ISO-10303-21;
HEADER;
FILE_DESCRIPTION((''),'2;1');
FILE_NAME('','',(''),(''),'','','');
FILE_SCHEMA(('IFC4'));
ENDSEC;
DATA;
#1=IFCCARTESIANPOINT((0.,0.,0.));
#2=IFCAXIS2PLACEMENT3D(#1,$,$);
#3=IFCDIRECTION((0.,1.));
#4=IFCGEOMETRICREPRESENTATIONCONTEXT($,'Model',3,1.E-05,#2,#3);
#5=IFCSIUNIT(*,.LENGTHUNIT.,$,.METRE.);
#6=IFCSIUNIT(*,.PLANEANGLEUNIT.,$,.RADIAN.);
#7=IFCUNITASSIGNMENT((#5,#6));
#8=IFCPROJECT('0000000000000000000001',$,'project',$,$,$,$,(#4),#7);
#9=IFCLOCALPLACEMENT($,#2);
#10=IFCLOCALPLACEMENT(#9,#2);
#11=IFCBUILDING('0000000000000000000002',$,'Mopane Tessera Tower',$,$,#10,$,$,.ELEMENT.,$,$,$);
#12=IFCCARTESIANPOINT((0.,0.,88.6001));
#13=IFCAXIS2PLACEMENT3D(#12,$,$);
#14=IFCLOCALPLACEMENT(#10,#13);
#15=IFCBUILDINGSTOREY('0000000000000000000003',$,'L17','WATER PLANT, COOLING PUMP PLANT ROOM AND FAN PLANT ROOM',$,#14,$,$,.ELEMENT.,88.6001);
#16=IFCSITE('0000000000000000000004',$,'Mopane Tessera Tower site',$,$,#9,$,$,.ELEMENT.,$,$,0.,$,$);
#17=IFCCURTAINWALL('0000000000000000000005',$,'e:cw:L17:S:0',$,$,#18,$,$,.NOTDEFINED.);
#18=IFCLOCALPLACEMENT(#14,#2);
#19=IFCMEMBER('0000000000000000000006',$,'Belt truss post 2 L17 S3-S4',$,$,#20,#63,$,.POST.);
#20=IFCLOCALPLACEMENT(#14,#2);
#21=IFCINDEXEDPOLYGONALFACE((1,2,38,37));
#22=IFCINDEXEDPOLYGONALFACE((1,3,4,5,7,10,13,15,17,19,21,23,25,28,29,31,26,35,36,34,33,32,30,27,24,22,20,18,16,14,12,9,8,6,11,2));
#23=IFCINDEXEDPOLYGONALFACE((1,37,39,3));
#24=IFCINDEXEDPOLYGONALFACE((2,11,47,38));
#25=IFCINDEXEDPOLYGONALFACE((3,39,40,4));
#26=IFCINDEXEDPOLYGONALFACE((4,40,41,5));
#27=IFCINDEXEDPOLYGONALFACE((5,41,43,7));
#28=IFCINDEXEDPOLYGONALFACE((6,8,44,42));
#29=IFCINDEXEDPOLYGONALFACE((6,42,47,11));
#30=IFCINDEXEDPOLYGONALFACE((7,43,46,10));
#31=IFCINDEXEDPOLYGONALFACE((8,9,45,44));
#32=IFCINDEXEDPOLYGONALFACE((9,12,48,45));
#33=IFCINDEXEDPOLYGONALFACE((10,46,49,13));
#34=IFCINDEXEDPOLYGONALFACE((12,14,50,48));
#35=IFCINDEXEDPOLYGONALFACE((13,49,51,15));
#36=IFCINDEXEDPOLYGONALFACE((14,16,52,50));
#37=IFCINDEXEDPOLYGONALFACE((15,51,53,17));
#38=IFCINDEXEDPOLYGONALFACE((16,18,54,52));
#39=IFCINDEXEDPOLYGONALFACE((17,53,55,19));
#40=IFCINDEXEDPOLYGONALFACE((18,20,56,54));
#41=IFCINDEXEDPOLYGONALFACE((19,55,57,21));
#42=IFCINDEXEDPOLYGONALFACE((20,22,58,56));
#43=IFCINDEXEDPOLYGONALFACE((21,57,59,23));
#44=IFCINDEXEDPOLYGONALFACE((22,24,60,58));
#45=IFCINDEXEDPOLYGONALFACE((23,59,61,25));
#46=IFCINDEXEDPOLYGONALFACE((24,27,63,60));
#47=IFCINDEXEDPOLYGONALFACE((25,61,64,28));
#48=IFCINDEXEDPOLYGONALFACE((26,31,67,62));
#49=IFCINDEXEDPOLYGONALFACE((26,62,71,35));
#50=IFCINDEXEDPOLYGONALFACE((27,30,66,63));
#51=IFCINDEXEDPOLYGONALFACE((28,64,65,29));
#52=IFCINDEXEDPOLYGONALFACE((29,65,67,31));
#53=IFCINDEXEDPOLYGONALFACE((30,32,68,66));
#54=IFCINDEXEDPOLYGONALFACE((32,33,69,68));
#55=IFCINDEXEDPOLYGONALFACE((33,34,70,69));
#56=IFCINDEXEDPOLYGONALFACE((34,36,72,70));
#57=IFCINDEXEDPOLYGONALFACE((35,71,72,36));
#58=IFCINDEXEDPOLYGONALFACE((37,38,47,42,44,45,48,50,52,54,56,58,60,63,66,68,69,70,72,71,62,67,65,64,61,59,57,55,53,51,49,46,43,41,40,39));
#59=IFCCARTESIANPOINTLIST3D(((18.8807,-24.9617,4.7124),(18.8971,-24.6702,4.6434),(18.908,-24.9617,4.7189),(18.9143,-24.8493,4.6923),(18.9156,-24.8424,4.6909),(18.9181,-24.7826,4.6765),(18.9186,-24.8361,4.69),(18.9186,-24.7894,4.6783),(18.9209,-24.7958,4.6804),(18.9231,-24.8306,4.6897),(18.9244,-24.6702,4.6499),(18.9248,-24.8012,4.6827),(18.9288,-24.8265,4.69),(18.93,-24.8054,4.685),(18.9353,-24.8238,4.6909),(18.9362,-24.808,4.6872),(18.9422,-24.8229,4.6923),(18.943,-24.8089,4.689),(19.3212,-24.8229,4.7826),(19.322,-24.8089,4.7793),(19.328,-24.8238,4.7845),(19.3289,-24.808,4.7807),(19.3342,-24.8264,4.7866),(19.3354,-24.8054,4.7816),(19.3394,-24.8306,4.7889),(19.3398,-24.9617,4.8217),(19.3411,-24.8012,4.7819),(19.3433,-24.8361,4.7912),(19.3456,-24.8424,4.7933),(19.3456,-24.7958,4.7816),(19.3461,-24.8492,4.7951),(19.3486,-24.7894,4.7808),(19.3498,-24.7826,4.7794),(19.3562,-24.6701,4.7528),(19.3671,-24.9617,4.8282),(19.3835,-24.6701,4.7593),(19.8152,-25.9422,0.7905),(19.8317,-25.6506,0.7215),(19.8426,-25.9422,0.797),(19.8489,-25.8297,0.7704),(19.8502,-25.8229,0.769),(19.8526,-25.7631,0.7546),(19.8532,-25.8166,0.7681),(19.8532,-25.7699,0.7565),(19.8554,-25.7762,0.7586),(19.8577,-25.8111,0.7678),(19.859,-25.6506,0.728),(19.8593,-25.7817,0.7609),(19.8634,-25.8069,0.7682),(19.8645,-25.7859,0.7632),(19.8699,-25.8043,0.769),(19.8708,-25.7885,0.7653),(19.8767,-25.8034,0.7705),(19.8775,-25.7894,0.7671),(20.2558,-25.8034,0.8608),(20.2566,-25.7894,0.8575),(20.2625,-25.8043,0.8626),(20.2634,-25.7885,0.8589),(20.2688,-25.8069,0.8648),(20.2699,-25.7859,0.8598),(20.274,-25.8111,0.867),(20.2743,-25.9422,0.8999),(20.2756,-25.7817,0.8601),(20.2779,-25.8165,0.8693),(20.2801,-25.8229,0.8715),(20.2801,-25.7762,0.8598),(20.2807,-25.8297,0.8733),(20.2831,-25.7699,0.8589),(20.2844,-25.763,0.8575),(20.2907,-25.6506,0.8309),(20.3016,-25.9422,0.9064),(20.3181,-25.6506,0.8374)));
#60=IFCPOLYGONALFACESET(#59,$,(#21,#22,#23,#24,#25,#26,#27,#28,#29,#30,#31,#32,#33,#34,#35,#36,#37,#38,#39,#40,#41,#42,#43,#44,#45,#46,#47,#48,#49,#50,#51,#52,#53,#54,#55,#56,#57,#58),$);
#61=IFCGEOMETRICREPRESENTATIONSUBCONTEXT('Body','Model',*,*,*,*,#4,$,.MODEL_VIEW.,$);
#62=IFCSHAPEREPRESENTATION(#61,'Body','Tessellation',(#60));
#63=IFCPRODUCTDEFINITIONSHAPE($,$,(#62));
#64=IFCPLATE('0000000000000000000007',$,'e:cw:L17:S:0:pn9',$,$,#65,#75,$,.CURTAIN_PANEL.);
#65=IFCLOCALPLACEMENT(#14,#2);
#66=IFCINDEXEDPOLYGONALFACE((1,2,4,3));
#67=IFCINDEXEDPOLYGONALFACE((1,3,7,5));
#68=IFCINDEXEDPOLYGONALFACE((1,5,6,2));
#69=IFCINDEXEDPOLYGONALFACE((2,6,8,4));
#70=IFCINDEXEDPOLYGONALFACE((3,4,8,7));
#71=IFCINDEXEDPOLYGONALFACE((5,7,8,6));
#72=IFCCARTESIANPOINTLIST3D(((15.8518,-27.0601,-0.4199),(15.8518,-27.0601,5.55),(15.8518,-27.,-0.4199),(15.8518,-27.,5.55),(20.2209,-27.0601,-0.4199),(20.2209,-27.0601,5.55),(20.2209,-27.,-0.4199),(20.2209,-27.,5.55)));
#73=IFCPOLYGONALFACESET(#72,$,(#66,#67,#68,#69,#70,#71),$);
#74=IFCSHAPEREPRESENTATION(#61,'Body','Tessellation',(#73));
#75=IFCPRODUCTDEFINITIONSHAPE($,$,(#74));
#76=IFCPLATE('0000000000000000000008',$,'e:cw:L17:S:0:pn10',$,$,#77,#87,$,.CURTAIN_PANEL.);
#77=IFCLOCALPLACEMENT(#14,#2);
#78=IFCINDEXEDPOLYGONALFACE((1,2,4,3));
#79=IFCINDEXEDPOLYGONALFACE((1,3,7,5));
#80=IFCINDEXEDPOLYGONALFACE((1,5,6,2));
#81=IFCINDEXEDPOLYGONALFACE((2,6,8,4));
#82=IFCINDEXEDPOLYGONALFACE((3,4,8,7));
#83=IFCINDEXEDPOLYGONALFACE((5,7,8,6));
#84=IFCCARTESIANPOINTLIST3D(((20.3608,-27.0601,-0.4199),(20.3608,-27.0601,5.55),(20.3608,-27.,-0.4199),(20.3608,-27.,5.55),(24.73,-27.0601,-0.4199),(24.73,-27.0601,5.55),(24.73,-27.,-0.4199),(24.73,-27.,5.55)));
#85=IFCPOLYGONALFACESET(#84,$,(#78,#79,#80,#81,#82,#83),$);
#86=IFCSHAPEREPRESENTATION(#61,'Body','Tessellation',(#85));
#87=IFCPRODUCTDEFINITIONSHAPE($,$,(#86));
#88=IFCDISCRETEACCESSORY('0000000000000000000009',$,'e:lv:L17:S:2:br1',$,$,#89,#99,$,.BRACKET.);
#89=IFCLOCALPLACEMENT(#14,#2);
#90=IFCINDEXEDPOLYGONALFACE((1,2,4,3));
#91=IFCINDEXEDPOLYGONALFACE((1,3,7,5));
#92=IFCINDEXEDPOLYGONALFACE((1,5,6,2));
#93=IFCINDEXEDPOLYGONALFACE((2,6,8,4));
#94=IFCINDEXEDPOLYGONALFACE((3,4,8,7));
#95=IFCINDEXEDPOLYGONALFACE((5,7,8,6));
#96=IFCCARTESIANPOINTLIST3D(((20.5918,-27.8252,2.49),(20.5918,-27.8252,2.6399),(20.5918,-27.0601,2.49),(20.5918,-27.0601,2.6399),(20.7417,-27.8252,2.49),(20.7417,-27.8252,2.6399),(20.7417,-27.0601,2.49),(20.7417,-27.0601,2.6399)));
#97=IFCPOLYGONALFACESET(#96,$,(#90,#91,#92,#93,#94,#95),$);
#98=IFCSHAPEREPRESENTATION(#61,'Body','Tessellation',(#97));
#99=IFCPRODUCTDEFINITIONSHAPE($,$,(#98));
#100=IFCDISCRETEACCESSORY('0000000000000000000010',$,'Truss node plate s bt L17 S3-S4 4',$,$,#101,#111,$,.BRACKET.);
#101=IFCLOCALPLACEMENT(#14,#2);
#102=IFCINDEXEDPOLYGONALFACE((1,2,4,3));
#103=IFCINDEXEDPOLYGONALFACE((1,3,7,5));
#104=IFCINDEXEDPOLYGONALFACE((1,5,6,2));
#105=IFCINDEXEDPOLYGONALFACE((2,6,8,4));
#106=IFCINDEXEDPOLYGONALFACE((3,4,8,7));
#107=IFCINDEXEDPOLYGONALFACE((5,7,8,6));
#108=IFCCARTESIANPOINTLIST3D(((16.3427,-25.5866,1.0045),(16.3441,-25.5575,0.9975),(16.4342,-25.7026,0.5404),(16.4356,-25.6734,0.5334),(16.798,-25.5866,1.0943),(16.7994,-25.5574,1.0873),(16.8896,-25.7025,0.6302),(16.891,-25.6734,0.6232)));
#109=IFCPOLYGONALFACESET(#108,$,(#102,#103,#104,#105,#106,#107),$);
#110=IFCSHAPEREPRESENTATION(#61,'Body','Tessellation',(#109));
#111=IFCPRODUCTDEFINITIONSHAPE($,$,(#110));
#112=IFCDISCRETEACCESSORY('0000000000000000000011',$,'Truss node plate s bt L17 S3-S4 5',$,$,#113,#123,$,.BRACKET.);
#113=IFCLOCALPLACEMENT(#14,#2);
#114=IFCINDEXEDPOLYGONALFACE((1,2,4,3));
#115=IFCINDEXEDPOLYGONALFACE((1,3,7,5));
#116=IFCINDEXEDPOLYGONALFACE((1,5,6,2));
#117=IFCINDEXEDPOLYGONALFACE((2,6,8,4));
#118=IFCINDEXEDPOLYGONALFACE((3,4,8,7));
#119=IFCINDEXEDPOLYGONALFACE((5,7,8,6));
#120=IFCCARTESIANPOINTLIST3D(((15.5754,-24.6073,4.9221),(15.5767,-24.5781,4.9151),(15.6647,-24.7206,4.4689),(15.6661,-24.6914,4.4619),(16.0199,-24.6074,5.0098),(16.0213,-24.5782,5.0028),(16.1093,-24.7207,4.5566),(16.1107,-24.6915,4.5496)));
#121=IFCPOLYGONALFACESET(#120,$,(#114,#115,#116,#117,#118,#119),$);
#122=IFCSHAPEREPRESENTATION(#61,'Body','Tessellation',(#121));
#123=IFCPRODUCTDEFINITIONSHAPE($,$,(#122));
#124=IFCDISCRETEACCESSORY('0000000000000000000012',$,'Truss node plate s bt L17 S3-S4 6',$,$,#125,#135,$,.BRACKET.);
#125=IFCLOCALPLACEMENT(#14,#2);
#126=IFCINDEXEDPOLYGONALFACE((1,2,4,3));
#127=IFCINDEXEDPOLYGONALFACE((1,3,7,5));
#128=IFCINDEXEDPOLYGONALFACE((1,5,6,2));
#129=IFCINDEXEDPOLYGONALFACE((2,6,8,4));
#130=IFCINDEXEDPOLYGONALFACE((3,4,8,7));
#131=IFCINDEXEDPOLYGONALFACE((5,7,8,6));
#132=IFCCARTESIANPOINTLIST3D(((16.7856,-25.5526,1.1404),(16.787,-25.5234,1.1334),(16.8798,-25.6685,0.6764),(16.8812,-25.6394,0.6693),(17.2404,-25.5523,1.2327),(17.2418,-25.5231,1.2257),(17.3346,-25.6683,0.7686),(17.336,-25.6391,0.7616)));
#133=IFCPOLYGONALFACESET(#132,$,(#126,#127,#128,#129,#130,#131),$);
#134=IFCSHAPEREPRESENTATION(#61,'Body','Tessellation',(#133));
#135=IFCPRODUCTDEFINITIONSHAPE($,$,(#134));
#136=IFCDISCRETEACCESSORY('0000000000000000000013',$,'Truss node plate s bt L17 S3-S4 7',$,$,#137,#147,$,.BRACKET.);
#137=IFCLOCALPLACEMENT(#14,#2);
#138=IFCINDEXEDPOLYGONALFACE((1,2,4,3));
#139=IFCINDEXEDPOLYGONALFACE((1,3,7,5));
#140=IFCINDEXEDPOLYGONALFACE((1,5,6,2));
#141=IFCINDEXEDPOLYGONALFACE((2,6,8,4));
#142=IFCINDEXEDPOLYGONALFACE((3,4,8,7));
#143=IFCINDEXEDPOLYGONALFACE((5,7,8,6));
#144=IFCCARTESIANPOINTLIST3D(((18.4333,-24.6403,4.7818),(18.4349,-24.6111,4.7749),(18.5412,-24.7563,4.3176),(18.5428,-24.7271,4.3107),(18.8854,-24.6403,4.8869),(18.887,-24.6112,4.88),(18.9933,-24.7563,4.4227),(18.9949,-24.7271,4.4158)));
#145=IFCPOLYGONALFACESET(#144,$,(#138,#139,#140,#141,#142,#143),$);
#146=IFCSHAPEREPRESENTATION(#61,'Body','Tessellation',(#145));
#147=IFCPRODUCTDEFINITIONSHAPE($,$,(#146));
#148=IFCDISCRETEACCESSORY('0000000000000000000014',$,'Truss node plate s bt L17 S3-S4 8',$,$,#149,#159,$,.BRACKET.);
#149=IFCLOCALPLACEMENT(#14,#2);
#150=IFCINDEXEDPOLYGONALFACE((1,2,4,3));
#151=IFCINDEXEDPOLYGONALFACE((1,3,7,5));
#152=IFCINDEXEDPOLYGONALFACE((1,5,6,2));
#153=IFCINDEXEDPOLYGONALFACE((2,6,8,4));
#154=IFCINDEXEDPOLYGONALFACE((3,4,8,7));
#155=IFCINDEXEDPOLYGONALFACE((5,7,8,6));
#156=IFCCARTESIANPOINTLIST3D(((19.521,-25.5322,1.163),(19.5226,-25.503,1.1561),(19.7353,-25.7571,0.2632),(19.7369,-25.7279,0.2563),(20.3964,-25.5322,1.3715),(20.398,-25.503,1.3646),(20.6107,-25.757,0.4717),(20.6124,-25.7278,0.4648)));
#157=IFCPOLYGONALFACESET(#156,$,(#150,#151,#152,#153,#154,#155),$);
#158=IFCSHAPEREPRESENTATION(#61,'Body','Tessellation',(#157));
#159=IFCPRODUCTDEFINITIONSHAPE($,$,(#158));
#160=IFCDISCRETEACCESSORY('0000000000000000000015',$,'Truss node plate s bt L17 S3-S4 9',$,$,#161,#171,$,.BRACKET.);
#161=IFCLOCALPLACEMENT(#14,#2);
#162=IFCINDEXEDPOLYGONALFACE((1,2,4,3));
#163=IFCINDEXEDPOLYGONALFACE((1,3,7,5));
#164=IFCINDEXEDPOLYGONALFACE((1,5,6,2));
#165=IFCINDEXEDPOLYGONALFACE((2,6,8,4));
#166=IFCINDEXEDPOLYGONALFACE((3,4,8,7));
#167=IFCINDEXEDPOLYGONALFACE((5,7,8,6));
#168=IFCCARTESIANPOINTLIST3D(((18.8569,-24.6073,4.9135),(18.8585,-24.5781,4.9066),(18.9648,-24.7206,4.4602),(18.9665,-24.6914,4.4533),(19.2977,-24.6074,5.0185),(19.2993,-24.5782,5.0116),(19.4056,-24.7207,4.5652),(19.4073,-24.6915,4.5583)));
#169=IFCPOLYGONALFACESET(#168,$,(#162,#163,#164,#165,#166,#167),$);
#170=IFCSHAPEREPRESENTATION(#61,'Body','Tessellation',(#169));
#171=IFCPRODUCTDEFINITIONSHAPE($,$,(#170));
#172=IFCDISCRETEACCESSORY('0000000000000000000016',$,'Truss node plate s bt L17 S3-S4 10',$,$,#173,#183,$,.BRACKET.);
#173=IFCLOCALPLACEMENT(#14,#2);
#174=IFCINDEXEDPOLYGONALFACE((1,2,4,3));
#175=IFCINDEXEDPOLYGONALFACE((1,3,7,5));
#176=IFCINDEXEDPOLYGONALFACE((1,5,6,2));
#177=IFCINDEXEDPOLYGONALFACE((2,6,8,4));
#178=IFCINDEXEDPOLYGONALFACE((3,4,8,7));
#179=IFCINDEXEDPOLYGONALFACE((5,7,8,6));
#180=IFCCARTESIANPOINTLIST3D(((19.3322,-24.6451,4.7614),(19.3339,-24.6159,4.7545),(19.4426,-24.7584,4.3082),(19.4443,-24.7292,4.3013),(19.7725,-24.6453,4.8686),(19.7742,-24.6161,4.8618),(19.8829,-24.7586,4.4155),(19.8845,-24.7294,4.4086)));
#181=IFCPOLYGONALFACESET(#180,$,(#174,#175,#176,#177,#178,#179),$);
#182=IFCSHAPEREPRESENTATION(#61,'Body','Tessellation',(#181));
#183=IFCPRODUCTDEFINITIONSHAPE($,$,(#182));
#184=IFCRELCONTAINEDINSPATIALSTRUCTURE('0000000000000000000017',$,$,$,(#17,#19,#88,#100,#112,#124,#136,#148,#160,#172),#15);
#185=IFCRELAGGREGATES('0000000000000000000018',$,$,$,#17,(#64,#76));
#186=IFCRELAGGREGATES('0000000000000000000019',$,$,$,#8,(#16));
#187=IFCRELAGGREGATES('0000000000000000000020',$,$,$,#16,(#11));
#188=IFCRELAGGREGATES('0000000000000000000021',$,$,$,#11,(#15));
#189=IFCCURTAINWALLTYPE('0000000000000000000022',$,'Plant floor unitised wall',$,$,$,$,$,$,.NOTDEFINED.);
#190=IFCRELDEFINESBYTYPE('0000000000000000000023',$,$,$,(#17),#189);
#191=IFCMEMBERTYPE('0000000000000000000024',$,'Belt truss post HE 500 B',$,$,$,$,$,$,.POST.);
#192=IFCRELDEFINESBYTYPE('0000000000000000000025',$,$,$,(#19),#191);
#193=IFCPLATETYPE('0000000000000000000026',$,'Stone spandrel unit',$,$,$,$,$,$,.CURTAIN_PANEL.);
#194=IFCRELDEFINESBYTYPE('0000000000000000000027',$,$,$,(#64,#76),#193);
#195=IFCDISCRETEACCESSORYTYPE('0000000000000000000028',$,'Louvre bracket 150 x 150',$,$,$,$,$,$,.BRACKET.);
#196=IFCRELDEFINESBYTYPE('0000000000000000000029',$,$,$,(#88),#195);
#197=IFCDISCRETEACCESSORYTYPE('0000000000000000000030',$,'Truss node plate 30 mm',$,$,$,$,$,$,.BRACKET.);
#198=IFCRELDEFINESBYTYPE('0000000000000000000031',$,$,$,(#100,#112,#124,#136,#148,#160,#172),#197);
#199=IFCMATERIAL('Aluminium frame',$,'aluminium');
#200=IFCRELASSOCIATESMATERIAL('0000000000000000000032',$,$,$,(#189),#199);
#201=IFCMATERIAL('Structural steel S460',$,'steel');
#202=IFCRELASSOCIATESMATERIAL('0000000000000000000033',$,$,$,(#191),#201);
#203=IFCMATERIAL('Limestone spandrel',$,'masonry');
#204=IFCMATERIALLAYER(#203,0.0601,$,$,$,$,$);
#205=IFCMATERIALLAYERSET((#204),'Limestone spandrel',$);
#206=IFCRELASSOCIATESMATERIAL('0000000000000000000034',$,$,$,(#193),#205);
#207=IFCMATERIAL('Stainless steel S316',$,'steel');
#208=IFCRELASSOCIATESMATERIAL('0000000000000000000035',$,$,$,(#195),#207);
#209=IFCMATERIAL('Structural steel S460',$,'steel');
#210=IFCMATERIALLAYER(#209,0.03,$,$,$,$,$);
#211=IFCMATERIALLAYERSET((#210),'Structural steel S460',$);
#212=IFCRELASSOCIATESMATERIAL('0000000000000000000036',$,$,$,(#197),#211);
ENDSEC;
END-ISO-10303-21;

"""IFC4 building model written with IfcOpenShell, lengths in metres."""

from ifc_helpers import new_model, si_unit, direction, frame, origin, origin_2d, place, context, subcontext, project, spatial, rectangle, i_section, extrude, material, layer, layer_set, material_profile, profile_set, type_object, element, aggregate, save


model = new_model("IFC4")

# Units and contexts
model_context = context("Model", 3, precision=1e-05, world=origin(), true_north=direction((0.0, 1.0)))
body_context = subcontext(model_context, "Body", "Model", "MODEL_VIEW")
ifc_project = project(units=[si_unit("LENGTHUNIT", "METRE"), si_unit("PLANEANGLEUNIT", "RADIAN")], contexts=[model_context])

# Site, building, storey
site_placement = place(None, origin())
site = spatial("IfcSite", under=ifc_project, at=site_placement, Name="Mopane Tessera Tower site", CompositionType="ELEMENT", RefElevation=0.0)
building_placement = place(site_placement, origin())
building = spatial("IfcBuilding", under=site, at=building_placement, Name="Mopane Tessera Tower", CompositionType="ELEMENT")
storey_placement = place(building_placement, frame((0.0, 0.0, 88.6001)))
storey = spatial("IfcBuildingStorey", under=building, at=storey_placement, Name="L17", Description="WATER PLANT, COOLING PUMP PLANT ROOM AND FAN PLANT ROOM", CompositionType="ELEMENT", Elevation=88.6001)

# Curtain wall
ifc_material_1 = material(Name="Aluminium frame", Category="aluminium")
curtain_wall_type = type_object("IfcCurtainWallType", Name="Plant floor unitised wall", PredefinedType="NOTDEFINED", material=ifc_material_1)
curtain_wall_placement = place(storey_placement, origin())
curtain_wall = element("IfcCurtainWall", 1, at=curtain_wall_placement, inside=storey, type_object=curtain_wall_type, Name="e:cw:L17:S:0", PredefinedType="NOTDEFINED")

# Member
ifc_material_2 = material(Name="Structural steel S460", Category="steel")
ifc_material_profile_1 = material_profile(ifc_material_2, i_section(OverallWidth=0.3, OverallDepth=0.5, WebThickness=0.0144, FlangeThickness=0.0281, FilletRadius=0.0271, at=origin_2d()))
ifc_profile_set_1 = profile_set([ifc_material_profile_1], Name="Structural steel S460")
member_type_1 = type_object("IfcMemberType", Name="Belt truss post HE 500 B", PredefinedType="POST", material=ifc_profile_set_1)
member_1_placement = place(storey_placement, frame((20.0667, -25.7964, 0.814), z_axis=(-0.225241, 0.236303, 0.945213), x_axis=(0.05474, 0.971679, -0.229876)))
element("IfcMember", 2, at=member_1_placement, inside=storey, type_object=member_type_1, Name="Belt truss post 2 L17 S3-S4", PredefinedType="POST", context=body_context, shape_type="SweptSolid", body=[
    extrude(i_section(OverallWidth=0.3, OverallDepth=0.5, WebThickness=0.0144, FlangeThickness=0.0281, FilletRadius=0.0271, at=origin_2d()), origin(), (0.0, 0.0, 1.0), 4.1492),
])

# Plates
ifc_material_3 = material(Name="Limestone spandrel", Category="masonry")
ifc_layer_1 = layer(ifc_material_3, 0.0601)
ifc_layer_set_1 = layer_set([ifc_layer_1], Name="Limestone spandrel")
plate_type = type_object("IfcPlateType", Name="Stone spandrel unit", PredefinedType="CURTAIN_PANEL", material=ifc_layer_set_1)
plate_1_placement = place(storey_placement, frame((18.0364, -27.03, -0.4199), z_axis=(0.0, 0.0, 1.0), x_axis=(1.0, 0.0, 0.0)))
plate_1 = element("IfcPlate", 3, at=plate_1_placement, type_object=plate_type, Name="e:cw:L17:S:0:pn9", PredefinedType="CURTAIN_PANEL", context=body_context, shape_type="SweptSolid", body=[
    extrude(rectangle(XDim=4.3691, YDim=0.0601, at=origin_2d()), origin(), (0.0, 0.0, 1.0), 5.97),
])
plate_2_placement = place(storey_placement, frame((22.5454, -27.03, -0.4199), z_axis=(0.0, 0.0, 1.0), x_axis=(1.0, 0.0, 0.0)))
plate_2 = element("IfcPlate", 4, at=plate_2_placement, type_object=plate_type, Name="e:cw:L17:S:0:pn10", PredefinedType="CURTAIN_PANEL", context=body_context, shape_type="SweptSolid", body=[
    extrude(rectangle(XDim=4.3691, YDim=0.0601, at=origin_2d()), origin(), (0.0, 0.0, 1.0), 5.97),
])
aggregate(curtain_wall, [plate_1, plate_2])

# Discrete accessories
ifc_material_4 = material(Name="Stainless steel S316", Category="steel")
discrete_accessory_type_1 = type_object("IfcDiscreteAccessoryType", Name="Louvre bracket 150 x 150", PredefinedType="BRACKET", material=ifc_material_4)
discrete_accessory_1_placement = place(storey_placement, frame((20.6667, -27.4426, 2.49), z_axis=(0.0, 0.0, 1.0), x_axis=(0.0, -1.0, 0.0)))
element("IfcDiscreteAccessory", 5, at=discrete_accessory_1_placement, inside=storey, type_object=discrete_accessory_type_1, Name="e:lv:L17:S:2:br1", PredefinedType="BRACKET", context=body_context, shape_type="SweptSolid", body=[
    extrude(rectangle(XDim=0.7651, YDim=0.1499, at=origin_2d()), origin(), (0.0, 0.0, 1.0), 0.1499),
])
ifc_material_5 = material(Name="Structural steel S460", Category="steel")
ifc_layer_2 = layer(ifc_material_5, 0.03)
ifc_layer_set_2 = layer_set([ifc_layer_2], Name="Structural steel S460")
discrete_accessory_type_2 = type_object("IfcDiscreteAccessoryType", Name="Truss node plate 30 mm", PredefinedType="BRACKET", material=ifc_layer_set_2)
discrete_accessory_2_placement = place(storey_placement, frame((16.6626, -25.688, 0.5818), z_axis=(-0.187969, 0.238094, 0.952879), x_axis=(0.04597, 0.971242, -0.233615)))
element("IfcDiscreteAccessory", 6, at=discrete_accessory_2_placement, inside=storey, type_object=discrete_accessory_type_2, Name="Truss node plate s bt L17 S3-S4 4", PredefinedType="BRACKET", context=body_context, shape_type="SweptSolid", body=[
    extrude(rectangle(XDim=0.03, YDim=0.4641, at=origin_2d()), origin(), (0.0, 0.0, 1.0), 0.4871),
])
discrete_accessory_3_placement = place(storey_placement, frame((15.8877, -24.7061, 4.5093), z_axis=(-0.187903, 0.238215, 0.952862), x_axis=(0.046385, 0.971212, -0.233656)))
element("IfcDiscreteAccessory", 7, at=discrete_accessory_3_placement, inside=storey, type_object=discrete_accessory_type_2, Name="Truss node plate s bt L17 S3-S4 5", PredefinedType="BRACKET", context=body_context, shape_type="SweptSolid", body=[
    extrude(rectangle(XDim=0.03, YDim=0.4531, at=origin_2d()), origin(), (0.0, 0.0, 1.0), 0.4756),
])
discrete_accessory_4_placement = place(storey_placement, frame((17.1079, -25.6538, 0.719), z_axis=(-0.19328, 0.237844, 0.951879), x_axis=(0.046762, 0.971303, -0.233203)))
element("IfcDiscreteAccessory", 8, at=discrete_accessory_4_placement, inside=storey, type_object=discrete_accessory_type_2, Name="Truss node plate s bt L17 S3-S4 6", PredefinedType="BRACKET", context=body_context, shape_type="SweptSolid", body=[
    extrude(rectangle(XDim=0.03, YDim=0.4641, at=origin_2d()), origin(), (0.0, 0.0, 1.0), 0.4875),
])
discrete_accessory_5_placement = place(storey_placement, frame((18.7681, -24.7417, 4.3667), z_axis=(-0.220045, 0.236474, 0.946393), x_axis=(0.053679, 0.971638, -0.230301)))
element("IfcDiscreteAccessory", 9, at=discrete_accessory_5_placement, inside=storey, type_object=discrete_accessory_type_2, Name="Truss node plate s bt L17 S3-S4 7", PredefinedType="BRACKET", context=body_context, shape_type="SweptSolid", body=[
    extrude(rectangle(XDim=0.03, YDim=0.4641, at=origin_2d()), origin(), (0.0, 0.0, 1.0), 0.4905),
])
discrete_accessory_6_placement = place(storey_placement, frame((20.1738, -25.7424, 0.364), z_axis=(-0.22516, 0.236187, 0.945261), x_axis=(0.054653, 0.971708, -0.229777)))
element("IfcDiscreteAccessory", 10, at=discrete_accessory_6_placement, inside=storey, type_object=discrete_accessory_type_2, Name="Truss node plate s bt L17 S3-S4 8", PredefinedType="BRACKET", context=body_context, shape_type="SweptSolid", body=[
    extrude(rectangle(XDim=0.03, YDim=0.8999, at=origin_2d()), origin(), (0.0, 0.0, 1.0), 0.9519),
])
discrete_accessory_7_placement = place(storey_placement, frame((19.186, -24.7061, 4.5093), z_axis=(-0.225106, 0.236311, 0.945243), x_axis=(0.055031, 0.971677, -0.229814)))
element("IfcDiscreteAccessory", 11, at=discrete_accessory_7_placement, inside=storey, type_object=discrete_accessory_type_2, Name="Truss node plate s bt L17 S3-S4 9", PredefinedType="BRACKET", context=body_context, shape_type="SweptSolid", body=[
    extrude(rectangle(XDim=0.03, YDim=0.4531, at=origin_2d()), origin(), (0.0, 0.0, 1.0), 0.4795),
])
discrete_accessory_8_placement = place(storey_placement, frame((19.6636, -24.7439, 4.3584), z_axis=(-0.229933, 0.236037, 0.944149), x_axis=(0.056309, 0.971744, -0.229223)))
element("IfcDiscreteAccessory", 12, at=discrete_accessory_8_placement, inside=storey, type_object=discrete_accessory_type_2, Name="Truss node plate s bt L17 S3-S4 10", PredefinedType="BRACKET", context=body_context, shape_type="SweptSolid", body=[
    extrude(rectangle(XDim=0.03, YDim=0.4531, at=origin_2d()), origin(), (0.0, 0.0, 1.0), 0.48),
])

save(model, "model.ifc")
